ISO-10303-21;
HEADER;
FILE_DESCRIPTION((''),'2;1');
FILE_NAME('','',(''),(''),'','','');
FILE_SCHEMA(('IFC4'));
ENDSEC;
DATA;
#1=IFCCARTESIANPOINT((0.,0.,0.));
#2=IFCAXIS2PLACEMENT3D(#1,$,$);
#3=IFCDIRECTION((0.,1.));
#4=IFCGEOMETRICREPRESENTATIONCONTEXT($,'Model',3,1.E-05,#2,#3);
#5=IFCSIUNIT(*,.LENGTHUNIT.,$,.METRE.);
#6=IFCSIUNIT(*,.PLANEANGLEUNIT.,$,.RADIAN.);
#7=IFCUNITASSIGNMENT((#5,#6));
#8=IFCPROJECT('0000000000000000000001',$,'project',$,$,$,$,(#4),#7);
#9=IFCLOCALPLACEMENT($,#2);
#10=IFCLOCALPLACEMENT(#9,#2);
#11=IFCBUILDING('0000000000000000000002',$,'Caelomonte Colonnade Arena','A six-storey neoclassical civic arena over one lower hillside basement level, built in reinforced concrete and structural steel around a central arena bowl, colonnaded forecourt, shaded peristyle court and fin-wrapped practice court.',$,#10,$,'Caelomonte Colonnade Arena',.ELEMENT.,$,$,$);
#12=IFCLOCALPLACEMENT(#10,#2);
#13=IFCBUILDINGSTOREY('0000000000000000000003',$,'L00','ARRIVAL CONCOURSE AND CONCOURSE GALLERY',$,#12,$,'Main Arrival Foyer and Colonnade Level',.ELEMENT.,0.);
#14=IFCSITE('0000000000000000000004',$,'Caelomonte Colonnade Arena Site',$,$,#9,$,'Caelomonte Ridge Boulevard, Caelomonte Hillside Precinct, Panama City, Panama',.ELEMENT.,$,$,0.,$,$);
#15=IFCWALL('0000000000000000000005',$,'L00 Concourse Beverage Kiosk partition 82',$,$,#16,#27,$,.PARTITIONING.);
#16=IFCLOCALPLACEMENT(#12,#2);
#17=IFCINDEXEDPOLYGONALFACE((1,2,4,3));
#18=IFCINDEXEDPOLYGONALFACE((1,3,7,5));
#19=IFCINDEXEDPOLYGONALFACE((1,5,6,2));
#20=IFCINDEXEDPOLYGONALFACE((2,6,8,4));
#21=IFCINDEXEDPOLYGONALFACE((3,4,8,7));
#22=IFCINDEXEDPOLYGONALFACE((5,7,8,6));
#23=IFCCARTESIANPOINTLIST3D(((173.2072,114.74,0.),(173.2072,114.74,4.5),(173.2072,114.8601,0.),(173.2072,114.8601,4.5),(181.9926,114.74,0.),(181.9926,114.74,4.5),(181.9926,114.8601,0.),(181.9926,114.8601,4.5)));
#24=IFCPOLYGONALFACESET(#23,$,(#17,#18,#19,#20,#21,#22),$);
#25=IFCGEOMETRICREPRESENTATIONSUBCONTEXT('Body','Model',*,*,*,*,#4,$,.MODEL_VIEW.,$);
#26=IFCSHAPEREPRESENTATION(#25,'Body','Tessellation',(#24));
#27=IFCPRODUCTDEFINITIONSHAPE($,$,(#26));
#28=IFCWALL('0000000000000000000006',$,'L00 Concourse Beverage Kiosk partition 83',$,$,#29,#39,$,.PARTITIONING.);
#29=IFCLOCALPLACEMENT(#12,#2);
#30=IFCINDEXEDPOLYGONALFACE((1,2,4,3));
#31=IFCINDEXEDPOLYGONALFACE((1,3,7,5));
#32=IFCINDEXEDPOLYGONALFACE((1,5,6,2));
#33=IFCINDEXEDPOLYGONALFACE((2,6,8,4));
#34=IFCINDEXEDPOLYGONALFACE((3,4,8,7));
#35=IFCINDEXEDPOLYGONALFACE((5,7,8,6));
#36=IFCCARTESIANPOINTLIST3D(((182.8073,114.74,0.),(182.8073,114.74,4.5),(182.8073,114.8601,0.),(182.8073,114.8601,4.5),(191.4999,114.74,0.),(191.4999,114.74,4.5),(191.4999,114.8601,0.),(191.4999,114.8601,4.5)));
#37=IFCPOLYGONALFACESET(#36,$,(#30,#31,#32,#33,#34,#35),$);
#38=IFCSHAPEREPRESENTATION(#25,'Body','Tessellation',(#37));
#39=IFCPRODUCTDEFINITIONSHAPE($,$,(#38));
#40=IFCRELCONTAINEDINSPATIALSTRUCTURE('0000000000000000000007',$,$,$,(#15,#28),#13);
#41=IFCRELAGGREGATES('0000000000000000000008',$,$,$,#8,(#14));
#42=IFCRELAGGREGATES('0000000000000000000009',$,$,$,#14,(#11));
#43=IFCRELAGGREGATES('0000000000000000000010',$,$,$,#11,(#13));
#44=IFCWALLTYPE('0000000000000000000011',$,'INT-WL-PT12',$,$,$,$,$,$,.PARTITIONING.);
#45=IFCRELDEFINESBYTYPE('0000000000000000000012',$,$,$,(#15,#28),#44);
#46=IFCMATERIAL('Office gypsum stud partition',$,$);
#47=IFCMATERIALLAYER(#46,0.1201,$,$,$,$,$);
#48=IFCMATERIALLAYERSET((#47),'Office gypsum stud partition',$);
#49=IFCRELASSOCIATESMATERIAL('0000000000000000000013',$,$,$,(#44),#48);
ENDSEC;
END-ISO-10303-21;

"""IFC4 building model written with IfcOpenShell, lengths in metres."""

from ifc_helpers import new_model, si_unit, direction, frame, frame_2d, origin, place, context, subcontext, project, spatial, rectangle, extrude, material, layer, layer_set, type_object, element, save


model = new_model("IFC4")

# Units and contexts
model_context = context("Model", 3, precision=1e-05, world=origin(), true_north=direction((0.0, 1.0)))
body_context = subcontext(model_context, "Body", "Model", "MODEL_VIEW")
ifc_project = project(units=[si_unit("LENGTHUNIT", "METRE"), si_unit("PLANEANGLEUNIT", "RADIAN")], contexts=[model_context])

# Site, building, storey
site_placement = place(None, origin())
site = spatial("IfcSite", under=ifc_project, at=site_placement, Name="Caelomonte Colonnade Arena Site", LongName="Caelomonte Ridge Boulevard, Caelomonte Hillside Precinct, Panama City, Panama", CompositionType="ELEMENT", RefElevation=0.0)
building_placement = place(site_placement, origin())
building = spatial("IfcBuilding", under=site, at=building_placement, Name="Caelomonte Colonnade Arena", Description="A six-storey neoclassical civic arena over one lower hillside basement level, built in reinforced concrete and structural steel around a central arena bowl, colonnaded forecourt, shaded peristyle court and fin-wrapped practice court.", LongName="Caelomonte Colonnade Arena", CompositionType="ELEMENT")
storey_placement = place(building_placement, origin())
storey = spatial("IfcBuildingStorey", under=building, at=storey_placement, Name="L00", Description="ARRIVAL CONCOURSE AND CONCOURSE GALLERY", LongName="Main Arrival Foyer and Colonnade Level", CompositionType="ELEMENT", Elevation=0.0)

# Walls
ifc_material_1 = material(Name="Office gypsum stud partition")
ifc_layer_1 = layer(ifc_material_1, 0.1201)
ifc_layer_set_1 = layer_set([ifc_layer_1], Name="Office gypsum stud partition")
wall_type_1 = type_object("IfcWallType", Name="INT-WL-PT12", PredefinedType="PARTITIONING", material=ifc_layer_set_1)
wall_1_placement = place(storey_placement, frame((173.2073, 114.8, 0.0), z_axis=(0.0, 0.0, 1.0), x_axis=(1.0, 0.0, 0.0)))
element("IfcWall", 1, at=wall_1_placement, inside=storey, type_object=wall_type_1, Name="L00 Concourse Beverage Kiosk partition 82", PredefinedType="PARTITIONING", context=body_context, shape_type="SweptSolid", body=[
    extrude(rectangle(XDim=8.7854, YDim=0.1201, at=frame_2d((4.3926, 0.0))), origin(), (0.0, 0.0, 1.0), 4.5),
])
wall_2_placement = place(storey_placement, frame((182.8074, 114.8, 0.0), z_axis=(0.0, 0.0, 1.0), x_axis=(1.0, 0.0, 0.0)))
element("IfcWall", 2, at=wall_2_placement, inside=storey, type_object=wall_type_1, Name="L00 Concourse Beverage Kiosk partition 83", PredefinedType="PARTITIONING", context=body_context, shape_type="SweptSolid", body=[
    extrude(rectangle(XDim=8.6926, YDim=0.1201, at=frame_2d((4.3462, 0.0))), origin(), (0.0, 0.0, 1.0), 4.5),
])

save(model, "model.ifc")
